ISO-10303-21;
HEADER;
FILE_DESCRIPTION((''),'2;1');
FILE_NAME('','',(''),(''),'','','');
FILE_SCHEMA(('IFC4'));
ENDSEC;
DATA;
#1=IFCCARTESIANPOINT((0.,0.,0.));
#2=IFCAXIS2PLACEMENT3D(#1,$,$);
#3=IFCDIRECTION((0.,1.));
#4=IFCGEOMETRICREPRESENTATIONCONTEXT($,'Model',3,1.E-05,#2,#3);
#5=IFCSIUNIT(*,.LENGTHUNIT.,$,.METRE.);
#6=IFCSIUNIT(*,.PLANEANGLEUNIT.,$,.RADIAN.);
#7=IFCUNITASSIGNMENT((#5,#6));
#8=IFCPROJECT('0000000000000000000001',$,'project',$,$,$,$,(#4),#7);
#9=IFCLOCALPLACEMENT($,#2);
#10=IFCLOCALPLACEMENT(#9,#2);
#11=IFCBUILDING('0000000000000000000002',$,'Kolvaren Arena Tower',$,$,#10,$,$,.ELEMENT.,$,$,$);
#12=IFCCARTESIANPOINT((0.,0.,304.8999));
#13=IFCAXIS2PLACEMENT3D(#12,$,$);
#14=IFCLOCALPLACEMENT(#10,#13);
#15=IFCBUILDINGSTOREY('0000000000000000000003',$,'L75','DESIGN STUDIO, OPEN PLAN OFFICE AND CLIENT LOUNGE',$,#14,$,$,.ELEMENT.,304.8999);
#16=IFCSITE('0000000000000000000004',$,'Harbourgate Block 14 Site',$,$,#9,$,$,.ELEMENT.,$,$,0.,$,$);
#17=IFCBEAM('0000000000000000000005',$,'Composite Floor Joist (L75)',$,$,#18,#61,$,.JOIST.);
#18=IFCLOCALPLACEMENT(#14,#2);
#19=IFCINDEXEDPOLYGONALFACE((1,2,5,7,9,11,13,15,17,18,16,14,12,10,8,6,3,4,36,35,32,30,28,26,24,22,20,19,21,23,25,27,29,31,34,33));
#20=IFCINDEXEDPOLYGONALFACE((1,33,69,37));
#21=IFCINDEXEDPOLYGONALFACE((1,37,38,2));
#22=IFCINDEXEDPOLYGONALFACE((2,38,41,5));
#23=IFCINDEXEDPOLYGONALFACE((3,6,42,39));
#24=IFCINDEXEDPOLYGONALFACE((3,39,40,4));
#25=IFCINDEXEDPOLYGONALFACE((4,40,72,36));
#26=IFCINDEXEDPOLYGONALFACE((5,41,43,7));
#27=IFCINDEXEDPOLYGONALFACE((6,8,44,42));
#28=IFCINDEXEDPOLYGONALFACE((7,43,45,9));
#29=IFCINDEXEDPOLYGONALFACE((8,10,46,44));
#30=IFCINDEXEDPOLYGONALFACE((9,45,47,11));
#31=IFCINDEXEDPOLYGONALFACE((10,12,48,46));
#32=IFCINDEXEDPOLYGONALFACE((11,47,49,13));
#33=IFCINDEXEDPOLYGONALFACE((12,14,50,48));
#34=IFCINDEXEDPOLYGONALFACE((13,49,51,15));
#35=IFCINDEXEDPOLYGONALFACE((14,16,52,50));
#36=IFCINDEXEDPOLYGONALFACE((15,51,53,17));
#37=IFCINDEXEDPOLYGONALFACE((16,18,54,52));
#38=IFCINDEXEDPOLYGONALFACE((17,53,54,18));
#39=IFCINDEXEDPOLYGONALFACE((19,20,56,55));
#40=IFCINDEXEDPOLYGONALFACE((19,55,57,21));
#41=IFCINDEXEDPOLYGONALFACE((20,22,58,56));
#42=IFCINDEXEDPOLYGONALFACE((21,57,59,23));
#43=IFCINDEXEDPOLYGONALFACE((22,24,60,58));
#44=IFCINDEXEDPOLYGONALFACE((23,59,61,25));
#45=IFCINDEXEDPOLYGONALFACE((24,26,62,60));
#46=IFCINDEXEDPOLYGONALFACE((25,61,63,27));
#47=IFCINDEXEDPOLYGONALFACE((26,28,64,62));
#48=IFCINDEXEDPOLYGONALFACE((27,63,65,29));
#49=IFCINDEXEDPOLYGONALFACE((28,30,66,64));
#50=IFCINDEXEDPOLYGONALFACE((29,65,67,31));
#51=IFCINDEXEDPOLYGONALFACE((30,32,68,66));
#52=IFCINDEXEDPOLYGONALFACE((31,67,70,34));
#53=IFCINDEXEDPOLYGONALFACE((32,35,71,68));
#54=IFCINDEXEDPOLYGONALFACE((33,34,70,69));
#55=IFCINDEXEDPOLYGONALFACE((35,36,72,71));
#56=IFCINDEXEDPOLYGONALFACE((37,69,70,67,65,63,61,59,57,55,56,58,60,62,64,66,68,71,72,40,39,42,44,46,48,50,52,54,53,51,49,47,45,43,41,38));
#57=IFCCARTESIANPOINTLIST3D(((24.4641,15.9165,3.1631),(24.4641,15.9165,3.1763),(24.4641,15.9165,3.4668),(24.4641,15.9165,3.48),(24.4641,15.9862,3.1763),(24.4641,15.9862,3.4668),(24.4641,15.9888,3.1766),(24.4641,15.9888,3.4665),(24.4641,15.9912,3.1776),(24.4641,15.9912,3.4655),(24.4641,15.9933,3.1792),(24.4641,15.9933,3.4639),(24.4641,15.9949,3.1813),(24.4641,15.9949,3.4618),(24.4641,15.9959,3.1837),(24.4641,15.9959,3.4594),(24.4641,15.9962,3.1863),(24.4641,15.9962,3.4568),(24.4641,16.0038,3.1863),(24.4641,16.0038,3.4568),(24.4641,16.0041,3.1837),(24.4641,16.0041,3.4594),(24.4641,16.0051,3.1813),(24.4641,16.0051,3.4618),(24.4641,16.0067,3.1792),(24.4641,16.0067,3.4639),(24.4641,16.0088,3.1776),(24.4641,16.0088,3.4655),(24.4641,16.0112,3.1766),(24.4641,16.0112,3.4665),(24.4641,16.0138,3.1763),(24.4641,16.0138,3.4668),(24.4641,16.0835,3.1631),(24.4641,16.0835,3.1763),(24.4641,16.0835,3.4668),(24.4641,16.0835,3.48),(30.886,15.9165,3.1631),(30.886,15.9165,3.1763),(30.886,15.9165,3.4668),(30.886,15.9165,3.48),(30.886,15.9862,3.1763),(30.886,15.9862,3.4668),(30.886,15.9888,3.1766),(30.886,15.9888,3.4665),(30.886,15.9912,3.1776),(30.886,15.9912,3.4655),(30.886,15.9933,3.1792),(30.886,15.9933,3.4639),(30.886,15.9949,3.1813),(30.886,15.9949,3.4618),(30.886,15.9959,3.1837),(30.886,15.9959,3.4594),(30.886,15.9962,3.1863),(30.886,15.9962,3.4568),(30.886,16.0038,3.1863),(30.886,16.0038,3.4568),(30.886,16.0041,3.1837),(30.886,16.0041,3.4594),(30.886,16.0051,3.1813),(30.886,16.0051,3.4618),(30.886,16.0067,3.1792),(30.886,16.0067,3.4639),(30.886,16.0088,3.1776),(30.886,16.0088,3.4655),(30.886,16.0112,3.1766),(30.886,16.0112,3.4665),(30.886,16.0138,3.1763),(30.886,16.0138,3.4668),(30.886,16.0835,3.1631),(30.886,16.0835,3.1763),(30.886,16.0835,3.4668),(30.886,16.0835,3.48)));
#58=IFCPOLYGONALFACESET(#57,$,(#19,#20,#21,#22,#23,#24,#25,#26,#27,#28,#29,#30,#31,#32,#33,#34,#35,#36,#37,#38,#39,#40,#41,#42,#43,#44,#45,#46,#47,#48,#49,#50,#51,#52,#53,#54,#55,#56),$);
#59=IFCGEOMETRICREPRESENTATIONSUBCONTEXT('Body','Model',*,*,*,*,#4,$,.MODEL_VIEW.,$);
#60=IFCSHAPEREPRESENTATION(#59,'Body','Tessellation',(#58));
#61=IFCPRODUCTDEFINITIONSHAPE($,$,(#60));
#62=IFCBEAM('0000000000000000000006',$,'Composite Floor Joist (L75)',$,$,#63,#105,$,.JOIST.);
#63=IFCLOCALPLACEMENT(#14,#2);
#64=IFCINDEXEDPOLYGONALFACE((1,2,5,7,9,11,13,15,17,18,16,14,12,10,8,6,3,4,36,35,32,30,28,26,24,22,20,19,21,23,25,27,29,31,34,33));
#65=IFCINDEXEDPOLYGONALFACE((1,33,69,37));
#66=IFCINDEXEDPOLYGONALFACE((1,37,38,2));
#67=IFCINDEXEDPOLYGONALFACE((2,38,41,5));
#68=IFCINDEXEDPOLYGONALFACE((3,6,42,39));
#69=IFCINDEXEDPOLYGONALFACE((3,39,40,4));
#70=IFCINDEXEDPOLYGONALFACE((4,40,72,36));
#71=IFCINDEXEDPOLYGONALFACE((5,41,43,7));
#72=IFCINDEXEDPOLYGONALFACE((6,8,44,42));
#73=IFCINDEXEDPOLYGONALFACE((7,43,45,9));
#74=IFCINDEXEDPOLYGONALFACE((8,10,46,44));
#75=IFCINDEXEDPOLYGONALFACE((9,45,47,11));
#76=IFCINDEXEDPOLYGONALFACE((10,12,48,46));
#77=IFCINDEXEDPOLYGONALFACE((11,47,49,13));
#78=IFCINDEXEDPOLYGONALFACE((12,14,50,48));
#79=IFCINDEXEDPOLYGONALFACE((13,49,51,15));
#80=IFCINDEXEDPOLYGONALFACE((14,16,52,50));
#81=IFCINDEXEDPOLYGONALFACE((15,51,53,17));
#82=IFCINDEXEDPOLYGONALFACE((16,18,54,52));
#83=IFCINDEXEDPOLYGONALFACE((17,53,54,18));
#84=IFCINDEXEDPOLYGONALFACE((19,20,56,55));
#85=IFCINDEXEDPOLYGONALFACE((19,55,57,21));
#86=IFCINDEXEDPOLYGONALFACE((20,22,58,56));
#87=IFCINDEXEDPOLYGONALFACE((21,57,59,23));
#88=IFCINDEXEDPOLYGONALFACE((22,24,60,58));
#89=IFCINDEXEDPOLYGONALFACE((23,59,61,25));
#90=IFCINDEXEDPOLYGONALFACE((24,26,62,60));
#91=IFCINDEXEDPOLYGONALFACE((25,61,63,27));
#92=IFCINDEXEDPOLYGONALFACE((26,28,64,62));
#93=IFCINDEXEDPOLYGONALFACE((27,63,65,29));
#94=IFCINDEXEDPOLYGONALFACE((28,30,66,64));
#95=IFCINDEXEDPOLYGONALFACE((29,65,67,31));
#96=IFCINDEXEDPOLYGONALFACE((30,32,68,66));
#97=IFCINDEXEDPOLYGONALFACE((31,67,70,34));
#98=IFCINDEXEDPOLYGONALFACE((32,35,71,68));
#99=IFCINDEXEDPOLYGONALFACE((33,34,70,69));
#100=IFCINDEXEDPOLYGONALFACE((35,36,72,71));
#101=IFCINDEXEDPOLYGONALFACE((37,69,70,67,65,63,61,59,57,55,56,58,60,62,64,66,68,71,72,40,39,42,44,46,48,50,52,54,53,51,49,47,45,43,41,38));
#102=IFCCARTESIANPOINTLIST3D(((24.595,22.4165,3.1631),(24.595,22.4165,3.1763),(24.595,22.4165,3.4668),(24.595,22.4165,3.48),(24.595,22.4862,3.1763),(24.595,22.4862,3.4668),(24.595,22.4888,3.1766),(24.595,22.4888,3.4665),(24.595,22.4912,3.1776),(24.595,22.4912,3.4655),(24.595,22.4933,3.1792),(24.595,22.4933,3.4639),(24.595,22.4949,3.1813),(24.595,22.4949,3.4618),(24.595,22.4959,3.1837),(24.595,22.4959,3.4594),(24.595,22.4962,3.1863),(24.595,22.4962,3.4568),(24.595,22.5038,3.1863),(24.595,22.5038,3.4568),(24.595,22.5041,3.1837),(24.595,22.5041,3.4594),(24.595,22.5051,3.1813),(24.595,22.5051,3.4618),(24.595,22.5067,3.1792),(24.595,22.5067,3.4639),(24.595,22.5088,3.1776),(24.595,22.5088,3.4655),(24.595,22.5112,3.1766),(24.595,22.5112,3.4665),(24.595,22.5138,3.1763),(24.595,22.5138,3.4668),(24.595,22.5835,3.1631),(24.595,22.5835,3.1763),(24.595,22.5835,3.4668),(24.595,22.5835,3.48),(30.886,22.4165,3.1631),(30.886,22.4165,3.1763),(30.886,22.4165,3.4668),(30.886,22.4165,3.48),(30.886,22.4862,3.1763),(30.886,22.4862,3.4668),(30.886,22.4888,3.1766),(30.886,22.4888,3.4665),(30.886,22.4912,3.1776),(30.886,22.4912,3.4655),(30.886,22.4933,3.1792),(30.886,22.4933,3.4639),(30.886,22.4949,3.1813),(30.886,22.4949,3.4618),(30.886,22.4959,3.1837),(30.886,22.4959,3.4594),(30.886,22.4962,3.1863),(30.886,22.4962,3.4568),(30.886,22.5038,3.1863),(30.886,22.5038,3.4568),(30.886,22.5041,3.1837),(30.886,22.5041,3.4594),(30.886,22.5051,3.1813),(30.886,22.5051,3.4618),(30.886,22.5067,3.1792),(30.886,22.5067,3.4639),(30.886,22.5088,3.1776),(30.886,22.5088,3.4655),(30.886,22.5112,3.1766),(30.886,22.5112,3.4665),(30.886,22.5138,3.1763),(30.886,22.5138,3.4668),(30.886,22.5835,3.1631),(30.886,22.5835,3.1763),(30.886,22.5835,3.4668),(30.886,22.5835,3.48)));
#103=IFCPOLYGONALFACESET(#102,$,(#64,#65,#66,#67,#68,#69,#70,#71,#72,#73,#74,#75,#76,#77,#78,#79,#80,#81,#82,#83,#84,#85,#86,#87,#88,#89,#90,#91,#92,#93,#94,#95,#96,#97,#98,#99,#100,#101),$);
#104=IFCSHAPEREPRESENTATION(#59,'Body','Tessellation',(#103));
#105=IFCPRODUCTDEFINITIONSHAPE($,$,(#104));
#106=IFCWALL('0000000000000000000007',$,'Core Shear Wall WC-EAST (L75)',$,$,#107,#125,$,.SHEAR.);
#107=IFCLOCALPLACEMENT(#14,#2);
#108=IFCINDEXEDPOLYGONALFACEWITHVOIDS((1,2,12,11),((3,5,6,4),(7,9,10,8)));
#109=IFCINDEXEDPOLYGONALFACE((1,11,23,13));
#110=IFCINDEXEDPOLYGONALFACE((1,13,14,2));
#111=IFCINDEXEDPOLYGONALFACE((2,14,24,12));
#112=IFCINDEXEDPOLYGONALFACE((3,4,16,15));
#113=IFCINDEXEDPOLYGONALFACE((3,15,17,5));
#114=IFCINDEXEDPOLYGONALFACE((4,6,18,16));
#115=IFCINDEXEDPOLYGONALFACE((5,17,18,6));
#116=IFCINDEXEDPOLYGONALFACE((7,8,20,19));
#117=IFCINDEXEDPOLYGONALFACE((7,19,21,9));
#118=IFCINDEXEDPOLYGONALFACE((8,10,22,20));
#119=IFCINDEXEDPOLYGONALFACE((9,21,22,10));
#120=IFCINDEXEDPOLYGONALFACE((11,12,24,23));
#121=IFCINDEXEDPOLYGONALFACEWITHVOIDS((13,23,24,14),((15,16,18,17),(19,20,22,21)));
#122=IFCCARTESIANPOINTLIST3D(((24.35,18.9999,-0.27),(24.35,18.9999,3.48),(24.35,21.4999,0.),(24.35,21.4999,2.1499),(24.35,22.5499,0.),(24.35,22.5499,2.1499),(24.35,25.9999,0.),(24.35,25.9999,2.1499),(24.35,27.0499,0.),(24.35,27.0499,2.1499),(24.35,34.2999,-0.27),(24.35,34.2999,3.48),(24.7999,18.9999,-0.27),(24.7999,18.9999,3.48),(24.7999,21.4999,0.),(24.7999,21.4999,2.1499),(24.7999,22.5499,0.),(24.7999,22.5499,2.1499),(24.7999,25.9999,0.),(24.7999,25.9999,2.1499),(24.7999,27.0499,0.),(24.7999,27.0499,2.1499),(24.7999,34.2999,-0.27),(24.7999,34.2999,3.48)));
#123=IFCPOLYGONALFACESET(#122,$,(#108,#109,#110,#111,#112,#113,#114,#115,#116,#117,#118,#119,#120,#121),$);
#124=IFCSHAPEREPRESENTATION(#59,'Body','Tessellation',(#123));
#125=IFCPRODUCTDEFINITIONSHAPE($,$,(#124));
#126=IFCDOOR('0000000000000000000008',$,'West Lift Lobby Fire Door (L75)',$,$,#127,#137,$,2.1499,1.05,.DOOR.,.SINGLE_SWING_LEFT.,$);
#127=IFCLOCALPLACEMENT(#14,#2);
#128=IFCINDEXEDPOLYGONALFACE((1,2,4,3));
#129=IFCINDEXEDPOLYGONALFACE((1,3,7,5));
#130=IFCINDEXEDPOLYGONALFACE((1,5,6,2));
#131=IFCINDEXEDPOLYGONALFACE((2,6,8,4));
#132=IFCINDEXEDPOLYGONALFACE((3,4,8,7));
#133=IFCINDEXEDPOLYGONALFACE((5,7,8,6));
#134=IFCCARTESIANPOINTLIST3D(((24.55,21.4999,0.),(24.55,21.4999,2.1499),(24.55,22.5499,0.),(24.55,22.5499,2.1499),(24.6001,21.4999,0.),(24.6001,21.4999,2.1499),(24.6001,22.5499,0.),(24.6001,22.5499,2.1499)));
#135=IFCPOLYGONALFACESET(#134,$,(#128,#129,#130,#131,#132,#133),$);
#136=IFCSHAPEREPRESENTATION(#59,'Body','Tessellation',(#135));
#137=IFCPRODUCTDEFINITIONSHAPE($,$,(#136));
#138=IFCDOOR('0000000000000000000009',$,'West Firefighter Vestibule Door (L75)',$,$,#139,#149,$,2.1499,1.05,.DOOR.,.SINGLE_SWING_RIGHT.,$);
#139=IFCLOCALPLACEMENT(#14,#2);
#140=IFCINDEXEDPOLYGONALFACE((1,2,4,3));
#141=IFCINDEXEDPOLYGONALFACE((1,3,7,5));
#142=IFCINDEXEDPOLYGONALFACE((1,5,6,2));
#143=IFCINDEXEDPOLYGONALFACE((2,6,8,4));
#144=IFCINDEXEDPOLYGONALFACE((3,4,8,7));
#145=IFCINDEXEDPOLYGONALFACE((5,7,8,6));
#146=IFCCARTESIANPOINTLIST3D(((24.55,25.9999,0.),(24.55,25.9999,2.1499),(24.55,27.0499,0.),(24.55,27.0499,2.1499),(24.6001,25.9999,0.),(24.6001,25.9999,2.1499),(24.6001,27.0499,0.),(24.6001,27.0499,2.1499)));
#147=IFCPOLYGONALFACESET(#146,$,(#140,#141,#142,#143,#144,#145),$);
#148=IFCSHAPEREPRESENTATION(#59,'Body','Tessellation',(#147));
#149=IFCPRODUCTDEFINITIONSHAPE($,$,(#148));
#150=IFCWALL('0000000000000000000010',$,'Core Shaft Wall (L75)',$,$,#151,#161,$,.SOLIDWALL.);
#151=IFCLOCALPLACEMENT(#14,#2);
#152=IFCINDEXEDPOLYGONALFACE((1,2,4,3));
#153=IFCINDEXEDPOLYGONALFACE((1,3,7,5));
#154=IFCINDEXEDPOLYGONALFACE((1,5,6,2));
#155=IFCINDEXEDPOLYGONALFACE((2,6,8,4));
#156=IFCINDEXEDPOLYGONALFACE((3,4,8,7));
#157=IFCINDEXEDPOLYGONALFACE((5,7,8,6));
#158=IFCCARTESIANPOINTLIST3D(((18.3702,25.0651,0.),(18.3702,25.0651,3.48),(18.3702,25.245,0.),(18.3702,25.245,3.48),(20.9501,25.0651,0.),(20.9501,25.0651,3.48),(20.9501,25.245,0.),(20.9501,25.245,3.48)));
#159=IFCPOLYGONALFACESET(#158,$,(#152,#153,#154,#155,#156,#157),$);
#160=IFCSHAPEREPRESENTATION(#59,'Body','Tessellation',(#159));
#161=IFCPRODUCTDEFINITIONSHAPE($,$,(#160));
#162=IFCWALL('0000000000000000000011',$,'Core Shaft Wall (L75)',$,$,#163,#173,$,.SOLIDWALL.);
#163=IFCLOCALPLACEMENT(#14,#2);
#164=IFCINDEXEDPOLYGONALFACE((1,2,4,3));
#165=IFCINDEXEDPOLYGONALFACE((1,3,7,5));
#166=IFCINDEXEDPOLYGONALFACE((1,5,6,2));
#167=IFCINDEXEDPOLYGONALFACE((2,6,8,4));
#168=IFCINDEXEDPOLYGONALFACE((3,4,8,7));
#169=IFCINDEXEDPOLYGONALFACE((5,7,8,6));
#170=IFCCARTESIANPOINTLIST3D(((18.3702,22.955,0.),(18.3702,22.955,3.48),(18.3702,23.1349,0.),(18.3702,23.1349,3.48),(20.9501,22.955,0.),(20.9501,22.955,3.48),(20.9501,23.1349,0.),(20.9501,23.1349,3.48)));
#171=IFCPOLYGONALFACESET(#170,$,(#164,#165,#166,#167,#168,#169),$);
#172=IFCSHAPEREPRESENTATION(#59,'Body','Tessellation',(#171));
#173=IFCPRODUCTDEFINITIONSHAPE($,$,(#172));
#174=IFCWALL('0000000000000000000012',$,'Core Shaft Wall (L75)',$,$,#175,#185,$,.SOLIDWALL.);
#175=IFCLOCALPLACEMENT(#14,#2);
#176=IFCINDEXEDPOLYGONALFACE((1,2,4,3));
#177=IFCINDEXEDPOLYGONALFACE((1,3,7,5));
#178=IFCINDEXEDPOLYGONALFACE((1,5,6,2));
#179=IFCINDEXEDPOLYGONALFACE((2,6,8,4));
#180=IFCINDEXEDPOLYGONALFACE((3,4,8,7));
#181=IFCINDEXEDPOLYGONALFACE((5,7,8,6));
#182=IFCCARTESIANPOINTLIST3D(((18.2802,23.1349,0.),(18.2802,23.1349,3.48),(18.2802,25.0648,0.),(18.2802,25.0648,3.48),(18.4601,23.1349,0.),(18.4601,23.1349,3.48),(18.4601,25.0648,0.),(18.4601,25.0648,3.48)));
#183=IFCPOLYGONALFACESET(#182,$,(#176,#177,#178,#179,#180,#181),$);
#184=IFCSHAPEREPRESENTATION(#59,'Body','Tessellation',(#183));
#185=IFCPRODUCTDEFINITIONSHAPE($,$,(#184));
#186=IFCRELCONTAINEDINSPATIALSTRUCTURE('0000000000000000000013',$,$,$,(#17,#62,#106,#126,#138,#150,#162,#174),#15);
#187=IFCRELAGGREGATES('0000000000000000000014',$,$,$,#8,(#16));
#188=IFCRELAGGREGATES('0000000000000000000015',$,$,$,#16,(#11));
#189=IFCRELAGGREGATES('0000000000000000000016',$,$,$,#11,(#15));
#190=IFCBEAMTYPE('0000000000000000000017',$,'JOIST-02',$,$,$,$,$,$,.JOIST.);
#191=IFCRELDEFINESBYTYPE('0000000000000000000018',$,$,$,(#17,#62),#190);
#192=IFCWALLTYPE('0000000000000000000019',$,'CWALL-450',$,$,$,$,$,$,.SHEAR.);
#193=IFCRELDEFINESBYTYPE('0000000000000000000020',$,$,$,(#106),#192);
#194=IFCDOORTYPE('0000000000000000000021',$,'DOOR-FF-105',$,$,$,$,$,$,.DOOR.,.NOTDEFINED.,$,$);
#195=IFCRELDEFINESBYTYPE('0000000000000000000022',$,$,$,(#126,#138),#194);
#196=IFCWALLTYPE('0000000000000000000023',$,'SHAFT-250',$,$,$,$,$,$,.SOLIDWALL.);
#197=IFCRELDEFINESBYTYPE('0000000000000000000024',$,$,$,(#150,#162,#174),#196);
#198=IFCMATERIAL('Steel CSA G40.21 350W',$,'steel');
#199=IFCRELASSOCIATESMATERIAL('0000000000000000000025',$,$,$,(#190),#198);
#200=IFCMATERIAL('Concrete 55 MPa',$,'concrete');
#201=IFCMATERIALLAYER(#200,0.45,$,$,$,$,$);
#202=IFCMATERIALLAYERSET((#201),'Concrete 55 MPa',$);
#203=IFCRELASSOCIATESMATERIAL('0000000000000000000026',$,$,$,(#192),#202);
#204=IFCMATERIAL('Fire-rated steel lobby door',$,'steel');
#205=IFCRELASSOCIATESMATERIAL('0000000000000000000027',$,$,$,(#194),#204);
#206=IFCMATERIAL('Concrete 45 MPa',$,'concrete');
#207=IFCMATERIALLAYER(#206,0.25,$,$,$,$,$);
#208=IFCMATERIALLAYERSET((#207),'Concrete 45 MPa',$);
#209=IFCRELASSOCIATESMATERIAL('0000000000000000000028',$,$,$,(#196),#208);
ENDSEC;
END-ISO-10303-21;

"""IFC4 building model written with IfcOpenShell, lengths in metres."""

from ifc_helpers import new_model, si_unit, direction, frame, frame_2d, origin, origin_2d, place, context, subcontext, project, spatial, rectangle, i_section, extrude, material, layer, layer_set, material_profile, profile_set, type_object, element, fill, save


model = new_model("IFC4")

# Units and contexts
model_context = context("Model", 3, precision=1e-05, world=origin(), true_north=direction((0.0, 1.0)))
body_context = subcontext(model_context, "Body", "Model", "MODEL_VIEW")
ifc_project = project(units=[si_unit("LENGTHUNIT", "METRE"), si_unit("PLANEANGLEUNIT", "RADIAN")], contexts=[model_context])

# Site, building, storey
site_placement = place(None, origin())
site = spatial("IfcSite", under=ifc_project, at=site_placement, Name="Harbourgate Block 14 Site", CompositionType="ELEMENT", RefElevation=0.0)
building_placement = place(site_placement, origin())
building = spatial("IfcBuilding", under=site, at=building_placement, Name="Kolvaren Arena Tower", CompositionType="ELEMENT")
storey_placement = place(building_placement, frame((0.0, 0.0, 304.8999)))
storey = spatial("IfcBuildingStorey", under=building, at=storey_placement, Name="L75", Description="DESIGN STUDIO, OPEN PLAN OFFICE AND CLIENT LOUNGE", CompositionType="ELEMENT", Elevation=304.8999)

# Beams
ifc_material_1 = material(Name="Steel CSA G40.21 350W", Category="steel")
ifc_material_profile_1 = material_profile(ifc_material_1, i_section(OverallWidth=0.167, OverallDepth=0.3169, WebThickness=0.0076, FlangeThickness=0.0132, FilletRadius=0.01, at=origin_2d()), Name="W310x52")
ifc_profile_set_1 = profile_set([ifc_material_profile_1], Name="Steel CSA G40.21 350W")
beam_type_1 = type_object("IfcBeamType", Name="JOIST-02", PredefinedType="JOIST", material=ifc_profile_set_1)
beam_1_placement = place(storey_placement, frame((24.4641, 16.0, 3.3215), z_axis=(1.0, 0.0, 0.0), x_axis=(0.0, 1.0, 0.0)))
element("IfcBeam", 1, at=beam_1_placement, inside=storey, type_object=beam_type_1, Name="Composite Floor Joist (L75)", PredefinedType="JOIST", context=body_context, shape_type="SweptSolid", body=[
    extrude(i_section(OverallWidth=0.167, OverallDepth=0.3169, WebThickness=0.0076, FlangeThickness=0.0132, FilletRadius=0.01, at=origin_2d()), origin(), (0.0, 0.0, 1.0), 6.4219),
])
beam_2_placement = place(storey_placement, frame((24.595, 22.5, 3.3215), z_axis=(1.0, 0.0, 0.0), x_axis=(0.0, 1.0, 0.0)))
element("IfcBeam", 2, at=beam_2_placement, inside=storey, type_object=beam_type_1, Name="Composite Floor Joist (L75)", PredefinedType="JOIST", context=body_context, shape_type="SweptSolid", body=[
    extrude(i_section(OverallWidth=0.167, OverallDepth=0.3169, WebThickness=0.0076, FlangeThickness=0.0132, FilletRadius=0.01, at=origin_2d()), origin(), (0.0, 0.0, 1.0), 6.291),
])

# Wall, openings, doors
ifc_material_2 = material(Name="Concrete 55 MPa", Category="concrete")
ifc_layer_1 = layer(ifc_material_2, 0.45)
ifc_layer_set_1 = layer_set([ifc_layer_1], Name="Concrete 55 MPa")
wall_type_1 = type_object("IfcWallType", Name="CWALL-450", PredefinedType="SHEAR", material=ifc_layer_set_1)
wall_1_placement = place(storey_placement, frame((24.575, 19.0, -0.27), z_axis=(0.0, 0.0, 1.0), x_axis=(0.0, 1.0, 0.0)))
wall_1 = element("IfcWall", 3, at=wall_1_placement, inside=storey, type_object=wall_type_1, Name="Core Shear Wall WC-EAST (L75)", PredefinedType="SHEAR", context=body_context, shape_type="SweptSolid", body=[
    extrude(rectangle(XDim=15.3, YDim=0.45, at=frame_2d((7.6499, 0.0))), origin(), (0.0, 0.0, 1.0), 3.75),
])
opening_1_placement = place(wall_1_placement, frame((2.5, 0.0, 0.27)))
opening_1 = element("IfcOpeningElement", 4, at=opening_1_placement, cuts=wall_1, PredefinedType="OPENING", context=body_context, shape_type="SweptSolid", body=[
    extrude(rectangle(XDim=1.05, YDim=2.1499, at=frame_2d((0.5249, 1.075))), frame((0.0, 0.2349, 0.0), z_axis=(0.0, -1.0, 0.0), x_axis=(1.0, 0.0, 0.0)), (0.0, 0.0, 1.0), 0.47),
])
opening_2_placement = place(wall_1_placement, frame((7.0, 0.0, 0.27)))
opening_2 = element("IfcOpeningElement", 5, at=opening_2_placement, cuts=wall_1, PredefinedType="OPENING", context=body_context, shape_type="SweptSolid", body=[
    extrude(rectangle(XDim=1.05, YDim=2.1499, at=frame_2d((0.5249, 1.075))), frame((0.0, 0.2349, 0.0), z_axis=(0.0, -1.0, 0.0), x_axis=(1.0, 0.0, 0.0)), (0.0, 0.0, 1.0), 0.47),
])
ifc_material_3 = material(Name="Fire-rated steel lobby door", Category="steel")
door_type = type_object("IfcDoorType", Name="DOOR-FF-105", OperationType="NOTDEFINED", PredefinedType="DOOR", material=ifc_material_3)
door_1_placement = place(opening_1_placement, origin())
door_1 = element("IfcDoor", 6, at=door_1_placement, inside=storey, type_object=door_type, Name="West Lift Lobby Fire Door (L75)", OperationType="SINGLE_SWING_LEFT", OverallHeight=2.1499, OverallWidth=1.05, PredefinedType="DOOR", context=body_context, shape_type="SweptSolid", body=[
    extrude(rectangle(XDim=1.05, YDim=2.1499, at=frame_2d((0.5249, 1.075))), frame((0.0, 0.0249, 0.0), z_axis=(0.0, -1.0, 0.0), x_axis=(1.0, 0.0, 0.0)), (0.0, 0.0, 1.0), 0.05),
])
fill(opening_1, door_1)
door_2_placement = place(opening_2_placement, origin())
door_2 = element("IfcDoor", 7, at=door_2_placement, inside=storey, type_object=door_type, Name="West Firefighter Vestibule Door (L75)", OperationType="SINGLE_SWING_RIGHT", OverallHeight=2.1499, OverallWidth=1.05, PredefinedType="DOOR", context=body_context, shape_type="SweptSolid", body=[
    extrude(rectangle(XDim=1.05, YDim=2.1499, at=frame_2d((0.5249, 1.075))), frame((0.0, 0.0249, 0.0), z_axis=(0.0, -1.0, 0.0), x_axis=(1.0, 0.0, 0.0)), (0.0, 0.0, 1.0), 0.05),
])
fill(opening_2, door_2)

# Walls
ifc_material_4 = material(Name="Concrete 45 MPa", Category="concrete")
ifc_layer_2 = layer(ifc_material_4, 0.25)
ifc_layer_set_2 = layer_set([ifc_layer_2], Name="Concrete 45 MPa")
wall_type_2 = type_object("IfcWallType", Name="SHAFT-250", PredefinedType="SOLIDWALL", material=ifc_layer_set_2)
for number, where, z_axis, x_axis, name in (
    (8, (18.3701, 25.155, 0.0), (0.0, 0.0, 1.0), (1.0, 0.0, 0.0), "Core Shaft Wall (L75)"),
    (9, (18.3701, 23.0449, 0.0), (0.0, 0.0, 1.0), (1.0, 0.0, 0.0), "Core Shaft Wall (L75)"),
):
    element("IfcWall", number, at=place(storey_placement, frame(where, z_axis=z_axis, x_axis=x_axis)), inside=storey, type_object=wall_type_2, Name=name, PredefinedType="SOLIDWALL", context=body_context, shape_type="SweptSolid", body=[
        extrude(rectangle(XDim=2.5798, YDim=0.1799, at=frame_2d((1.29, 0.0))), origin(), (0.0, 0.0, 1.0), 3.48),
    ])
for number, where, z_axis, x_axis, name in (
    (10, (18.3701, 23.135, 0.0), (0.0, 0.0, 1.0), (0.0, 1.0, 0.0), "Core Shaft Wall (L75)"),
):
    element("IfcWall", number, at=place(storey_placement, frame(where, z_axis=z_axis, x_axis=x_axis)), inside=storey, type_object=wall_type_2, Name=name, PredefinedType="SOLIDWALL", context=body_context, shape_type="SweptSolid", body=[
        extrude(rectangle(XDim=1.9299, YDim=0.1799, at=frame_2d((0.9648, 0.0))), origin(), (0.0, 0.0, 1.0), 3.48),
    ])

save(model, "model.ifc")
